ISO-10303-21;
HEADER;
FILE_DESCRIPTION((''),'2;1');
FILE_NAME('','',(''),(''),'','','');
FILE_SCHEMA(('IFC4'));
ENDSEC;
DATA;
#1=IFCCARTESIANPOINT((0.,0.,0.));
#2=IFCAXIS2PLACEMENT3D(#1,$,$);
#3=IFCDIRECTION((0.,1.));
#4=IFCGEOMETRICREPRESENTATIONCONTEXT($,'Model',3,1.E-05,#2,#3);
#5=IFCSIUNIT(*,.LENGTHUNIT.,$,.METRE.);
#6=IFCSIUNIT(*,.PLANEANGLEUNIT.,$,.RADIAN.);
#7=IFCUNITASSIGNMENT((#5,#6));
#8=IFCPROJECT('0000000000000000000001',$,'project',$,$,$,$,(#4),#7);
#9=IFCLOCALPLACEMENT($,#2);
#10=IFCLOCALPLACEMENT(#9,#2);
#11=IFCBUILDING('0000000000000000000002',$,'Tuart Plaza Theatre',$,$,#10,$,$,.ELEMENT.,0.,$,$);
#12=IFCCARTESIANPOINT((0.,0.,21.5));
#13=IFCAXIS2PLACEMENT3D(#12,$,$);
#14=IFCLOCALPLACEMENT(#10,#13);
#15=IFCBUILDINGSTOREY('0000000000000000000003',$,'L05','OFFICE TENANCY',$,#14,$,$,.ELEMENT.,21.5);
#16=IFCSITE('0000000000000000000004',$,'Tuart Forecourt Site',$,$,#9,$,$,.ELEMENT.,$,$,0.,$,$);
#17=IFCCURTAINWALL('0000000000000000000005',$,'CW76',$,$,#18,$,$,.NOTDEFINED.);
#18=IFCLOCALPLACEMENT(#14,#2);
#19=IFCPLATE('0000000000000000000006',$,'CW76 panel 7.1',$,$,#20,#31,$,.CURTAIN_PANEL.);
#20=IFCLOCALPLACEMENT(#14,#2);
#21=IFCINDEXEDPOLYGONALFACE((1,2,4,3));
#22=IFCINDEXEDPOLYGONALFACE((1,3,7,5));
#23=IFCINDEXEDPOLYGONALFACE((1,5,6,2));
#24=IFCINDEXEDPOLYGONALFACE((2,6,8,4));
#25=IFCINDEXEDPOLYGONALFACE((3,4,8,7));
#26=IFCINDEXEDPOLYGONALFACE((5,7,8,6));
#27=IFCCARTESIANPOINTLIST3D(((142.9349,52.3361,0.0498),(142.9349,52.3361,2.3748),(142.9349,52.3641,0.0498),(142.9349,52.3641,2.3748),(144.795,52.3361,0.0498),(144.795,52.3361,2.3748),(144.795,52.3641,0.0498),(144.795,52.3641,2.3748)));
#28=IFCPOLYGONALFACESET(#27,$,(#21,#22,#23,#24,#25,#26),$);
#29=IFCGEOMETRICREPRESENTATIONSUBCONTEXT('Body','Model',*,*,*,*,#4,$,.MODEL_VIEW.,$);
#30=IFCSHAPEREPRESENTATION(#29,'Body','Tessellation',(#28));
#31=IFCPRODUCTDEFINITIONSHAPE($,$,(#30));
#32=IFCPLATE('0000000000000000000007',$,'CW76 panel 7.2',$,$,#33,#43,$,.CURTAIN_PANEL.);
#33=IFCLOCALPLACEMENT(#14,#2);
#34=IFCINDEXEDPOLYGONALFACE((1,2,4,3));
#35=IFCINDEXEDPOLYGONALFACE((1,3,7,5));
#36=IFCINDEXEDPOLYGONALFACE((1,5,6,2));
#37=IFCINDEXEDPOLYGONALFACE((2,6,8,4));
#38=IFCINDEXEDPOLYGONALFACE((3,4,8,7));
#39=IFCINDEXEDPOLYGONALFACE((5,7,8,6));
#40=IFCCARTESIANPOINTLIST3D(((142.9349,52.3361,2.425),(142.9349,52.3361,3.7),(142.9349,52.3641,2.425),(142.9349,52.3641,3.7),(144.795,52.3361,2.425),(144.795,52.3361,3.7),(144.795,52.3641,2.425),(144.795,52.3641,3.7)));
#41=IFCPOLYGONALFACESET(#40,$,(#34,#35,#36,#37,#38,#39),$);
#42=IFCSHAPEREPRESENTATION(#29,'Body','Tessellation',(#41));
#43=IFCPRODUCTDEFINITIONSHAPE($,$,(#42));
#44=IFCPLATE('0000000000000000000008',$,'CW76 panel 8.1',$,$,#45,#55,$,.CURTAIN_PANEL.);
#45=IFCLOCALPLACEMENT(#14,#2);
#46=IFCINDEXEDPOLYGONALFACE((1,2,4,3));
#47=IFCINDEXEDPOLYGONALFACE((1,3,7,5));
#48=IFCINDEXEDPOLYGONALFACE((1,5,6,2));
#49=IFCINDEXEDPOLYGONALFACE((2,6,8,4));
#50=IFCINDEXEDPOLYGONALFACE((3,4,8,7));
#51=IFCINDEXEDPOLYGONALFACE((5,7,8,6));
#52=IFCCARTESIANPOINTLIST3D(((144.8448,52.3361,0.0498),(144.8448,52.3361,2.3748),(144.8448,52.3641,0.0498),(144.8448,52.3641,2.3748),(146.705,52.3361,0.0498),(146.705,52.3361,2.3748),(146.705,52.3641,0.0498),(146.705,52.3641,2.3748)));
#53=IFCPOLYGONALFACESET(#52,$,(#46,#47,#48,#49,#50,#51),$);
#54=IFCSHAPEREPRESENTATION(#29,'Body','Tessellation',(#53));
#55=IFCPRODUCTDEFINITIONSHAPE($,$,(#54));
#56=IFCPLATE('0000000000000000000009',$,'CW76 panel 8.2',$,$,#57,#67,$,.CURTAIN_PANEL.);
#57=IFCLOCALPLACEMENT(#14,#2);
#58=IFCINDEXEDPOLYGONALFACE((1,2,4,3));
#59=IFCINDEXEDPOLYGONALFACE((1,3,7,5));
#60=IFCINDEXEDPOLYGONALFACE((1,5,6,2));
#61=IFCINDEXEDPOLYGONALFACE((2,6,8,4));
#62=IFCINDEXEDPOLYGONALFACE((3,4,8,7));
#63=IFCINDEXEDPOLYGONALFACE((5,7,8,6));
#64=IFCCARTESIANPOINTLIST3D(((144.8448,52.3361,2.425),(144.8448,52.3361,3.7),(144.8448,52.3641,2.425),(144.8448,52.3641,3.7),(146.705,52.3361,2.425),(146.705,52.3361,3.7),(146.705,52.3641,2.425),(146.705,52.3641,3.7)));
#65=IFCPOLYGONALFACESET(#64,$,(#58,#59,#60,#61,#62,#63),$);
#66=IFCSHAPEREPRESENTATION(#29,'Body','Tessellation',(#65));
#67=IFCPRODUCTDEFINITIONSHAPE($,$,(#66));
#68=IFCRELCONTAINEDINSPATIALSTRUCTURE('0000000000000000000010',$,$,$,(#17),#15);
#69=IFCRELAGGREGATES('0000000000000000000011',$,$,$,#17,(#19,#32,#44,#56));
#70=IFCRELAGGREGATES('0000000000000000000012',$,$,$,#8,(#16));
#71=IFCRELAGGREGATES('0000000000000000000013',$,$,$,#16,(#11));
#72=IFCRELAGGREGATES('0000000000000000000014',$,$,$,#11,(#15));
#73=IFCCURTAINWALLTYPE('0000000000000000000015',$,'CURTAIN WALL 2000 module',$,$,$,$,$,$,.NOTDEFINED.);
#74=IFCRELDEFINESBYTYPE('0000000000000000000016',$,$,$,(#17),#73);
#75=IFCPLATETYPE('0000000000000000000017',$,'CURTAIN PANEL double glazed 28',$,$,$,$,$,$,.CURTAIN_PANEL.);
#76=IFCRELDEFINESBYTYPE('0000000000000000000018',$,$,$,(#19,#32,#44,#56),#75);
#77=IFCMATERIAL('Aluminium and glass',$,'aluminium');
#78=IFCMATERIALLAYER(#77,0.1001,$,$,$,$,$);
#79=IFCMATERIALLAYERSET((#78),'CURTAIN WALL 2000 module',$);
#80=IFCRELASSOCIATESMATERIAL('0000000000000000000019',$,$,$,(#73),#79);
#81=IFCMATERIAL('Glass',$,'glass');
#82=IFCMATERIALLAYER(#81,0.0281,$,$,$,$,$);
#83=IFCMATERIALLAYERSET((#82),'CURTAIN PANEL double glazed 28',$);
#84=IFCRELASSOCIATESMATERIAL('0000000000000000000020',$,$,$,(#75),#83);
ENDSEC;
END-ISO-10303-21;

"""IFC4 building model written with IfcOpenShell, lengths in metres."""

from ifc_helpers import new_model, si_unit, direction, frame, origin, origin_2d, place, context, subcontext, project, spatial, rectangle, extrude, material, layer, layer_set, type_object, element, aggregate, save


model = new_model("IFC4")

# Units and contexts
model_context = context("Model", 3, precision=1e-05, world=origin(), true_north=direction((0.0, 1.0)))
body_context = subcontext(model_context, "Body", "Model", "MODEL_VIEW")
ifc_project = project(units=[si_unit("LENGTHUNIT", "METRE"), si_unit("PLANEANGLEUNIT", "RADIAN")], contexts=[model_context])

# Site, building, storey
site_placement = place(None, origin())
site = spatial("IfcSite", under=ifc_project, at=site_placement, Name="Tuart Forecourt Site", CompositionType="ELEMENT", RefElevation=0.0)
building_placement = place(site_placement, origin())
building = spatial("IfcBuilding", under=site, at=building_placement, Name="Tuart Plaza Theatre", CompositionType="ELEMENT", ElevationOfRefHeight=0.0)
storey_placement = place(building_placement, frame((0.0, 0.0, 21.5)))
storey = spatial("IfcBuildingStorey", under=building, at=storey_placement, Name="L05", Description="OFFICE TENANCY", CompositionType="ELEMENT", Elevation=21.5)

# Curtain wall, plates
ifc_material_1 = material(Name="Aluminium and glass", Category="aluminium")
ifc_layer_1 = layer(ifc_material_1, 0.1001)
ifc_layer_set_1 = layer_set([ifc_layer_1], Name="CURTAIN WALL 2000 module")
curtain_wall_type = type_object("IfcCurtainWallType", Name="CURTAIN WALL 2000 module", PredefinedType="NOTDEFINED", material=ifc_layer_set_1)
curtain_wall_placement = place(storey_placement, origin())
curtain_wall = element("IfcCurtainWall", 1, at=curtain_wall_placement, inside=storey, type_object=curtain_wall_type, Name="CW76", PredefinedType="NOTDEFINED")
ifc_material_2 = material(Name="Glass", Category="glass")
ifc_layer_2 = layer(ifc_material_2, 0.0281)
ifc_layer_set_2 = layer_set([ifc_layer_2], Name="CURTAIN PANEL double glazed 28")
plate_type = type_object("IfcPlateType", Name="CURTAIN PANEL double glazed 28", PredefinedType="CURTAIN_PANEL", material=ifc_layer_set_2)
plate_1_placement = place(storey_placement, frame((143.865, 52.3501, 0.0498), z_axis=(0.0, 0.0, 1.0), x_axis=(1.0, 0.0, 0.0)))
plate_1 = element("IfcPlate", 2, at=plate_1_placement, type_object=plate_type, Name="CW76 panel 7.1", PredefinedType="CURTAIN_PANEL", context=body_context, shape_type="SweptSolid", body=[
    extrude(rectangle(XDim=1.8601, YDim=0.0281, at=origin_2d()), origin(), (0.0, 0.0, 1.0), 2.325),
])
plate_2_placement = place(storey_placement, frame((143.865, 52.3501, 2.425), z_axis=(0.0, 0.0, 1.0), x_axis=(1.0, 0.0, 0.0)))
plate_2 = element("IfcPlate", 3, at=plate_2_placement, type_object=plate_type, Name="CW76 panel 7.2", PredefinedType="CURTAIN_PANEL", context=body_context, shape_type="SweptSolid", body=[
    extrude(rectangle(XDim=1.8601, YDim=0.0281, at=origin_2d()), origin(), (0.0, 0.0, 1.0), 1.2749),
])
plate_3_placement = place(storey_placement, frame((145.7749, 52.3501, 0.0498), z_axis=(0.0, 0.0, 1.0), x_axis=(1.0, 0.0, 0.0)))
plate_3 = element("IfcPlate", 4, at=plate_3_placement, type_object=plate_type, Name="CW76 panel 8.1", PredefinedType="CURTAIN_PANEL", context=body_context, shape_type="SweptSolid", body=[
    extrude(rectangle(XDim=1.8601, YDim=0.0281, at=origin_2d()), origin(), (0.0, 0.0, 1.0), 2.325),
])
plate_4_placement = place(storey_placement, frame((145.7749, 52.3501, 2.425), z_axis=(0.0, 0.0, 1.0), x_axis=(1.0, 0.0, 0.0)))
plate_4 = element("IfcPlate", 5, at=plate_4_placement, type_object=plate_type, Name="CW76 panel 8.2", PredefinedType="CURTAIN_PANEL", context=body_context, shape_type="SweptSolid", body=[
    extrude(rectangle(XDim=1.8601, YDim=0.0281, at=origin_2d()), origin(), (0.0, 0.0, 1.0), 1.2749),
])
aggregate(curtain_wall, [plate_1, plate_2, plate_3, plate_4])

save(model, "model.ifc")
